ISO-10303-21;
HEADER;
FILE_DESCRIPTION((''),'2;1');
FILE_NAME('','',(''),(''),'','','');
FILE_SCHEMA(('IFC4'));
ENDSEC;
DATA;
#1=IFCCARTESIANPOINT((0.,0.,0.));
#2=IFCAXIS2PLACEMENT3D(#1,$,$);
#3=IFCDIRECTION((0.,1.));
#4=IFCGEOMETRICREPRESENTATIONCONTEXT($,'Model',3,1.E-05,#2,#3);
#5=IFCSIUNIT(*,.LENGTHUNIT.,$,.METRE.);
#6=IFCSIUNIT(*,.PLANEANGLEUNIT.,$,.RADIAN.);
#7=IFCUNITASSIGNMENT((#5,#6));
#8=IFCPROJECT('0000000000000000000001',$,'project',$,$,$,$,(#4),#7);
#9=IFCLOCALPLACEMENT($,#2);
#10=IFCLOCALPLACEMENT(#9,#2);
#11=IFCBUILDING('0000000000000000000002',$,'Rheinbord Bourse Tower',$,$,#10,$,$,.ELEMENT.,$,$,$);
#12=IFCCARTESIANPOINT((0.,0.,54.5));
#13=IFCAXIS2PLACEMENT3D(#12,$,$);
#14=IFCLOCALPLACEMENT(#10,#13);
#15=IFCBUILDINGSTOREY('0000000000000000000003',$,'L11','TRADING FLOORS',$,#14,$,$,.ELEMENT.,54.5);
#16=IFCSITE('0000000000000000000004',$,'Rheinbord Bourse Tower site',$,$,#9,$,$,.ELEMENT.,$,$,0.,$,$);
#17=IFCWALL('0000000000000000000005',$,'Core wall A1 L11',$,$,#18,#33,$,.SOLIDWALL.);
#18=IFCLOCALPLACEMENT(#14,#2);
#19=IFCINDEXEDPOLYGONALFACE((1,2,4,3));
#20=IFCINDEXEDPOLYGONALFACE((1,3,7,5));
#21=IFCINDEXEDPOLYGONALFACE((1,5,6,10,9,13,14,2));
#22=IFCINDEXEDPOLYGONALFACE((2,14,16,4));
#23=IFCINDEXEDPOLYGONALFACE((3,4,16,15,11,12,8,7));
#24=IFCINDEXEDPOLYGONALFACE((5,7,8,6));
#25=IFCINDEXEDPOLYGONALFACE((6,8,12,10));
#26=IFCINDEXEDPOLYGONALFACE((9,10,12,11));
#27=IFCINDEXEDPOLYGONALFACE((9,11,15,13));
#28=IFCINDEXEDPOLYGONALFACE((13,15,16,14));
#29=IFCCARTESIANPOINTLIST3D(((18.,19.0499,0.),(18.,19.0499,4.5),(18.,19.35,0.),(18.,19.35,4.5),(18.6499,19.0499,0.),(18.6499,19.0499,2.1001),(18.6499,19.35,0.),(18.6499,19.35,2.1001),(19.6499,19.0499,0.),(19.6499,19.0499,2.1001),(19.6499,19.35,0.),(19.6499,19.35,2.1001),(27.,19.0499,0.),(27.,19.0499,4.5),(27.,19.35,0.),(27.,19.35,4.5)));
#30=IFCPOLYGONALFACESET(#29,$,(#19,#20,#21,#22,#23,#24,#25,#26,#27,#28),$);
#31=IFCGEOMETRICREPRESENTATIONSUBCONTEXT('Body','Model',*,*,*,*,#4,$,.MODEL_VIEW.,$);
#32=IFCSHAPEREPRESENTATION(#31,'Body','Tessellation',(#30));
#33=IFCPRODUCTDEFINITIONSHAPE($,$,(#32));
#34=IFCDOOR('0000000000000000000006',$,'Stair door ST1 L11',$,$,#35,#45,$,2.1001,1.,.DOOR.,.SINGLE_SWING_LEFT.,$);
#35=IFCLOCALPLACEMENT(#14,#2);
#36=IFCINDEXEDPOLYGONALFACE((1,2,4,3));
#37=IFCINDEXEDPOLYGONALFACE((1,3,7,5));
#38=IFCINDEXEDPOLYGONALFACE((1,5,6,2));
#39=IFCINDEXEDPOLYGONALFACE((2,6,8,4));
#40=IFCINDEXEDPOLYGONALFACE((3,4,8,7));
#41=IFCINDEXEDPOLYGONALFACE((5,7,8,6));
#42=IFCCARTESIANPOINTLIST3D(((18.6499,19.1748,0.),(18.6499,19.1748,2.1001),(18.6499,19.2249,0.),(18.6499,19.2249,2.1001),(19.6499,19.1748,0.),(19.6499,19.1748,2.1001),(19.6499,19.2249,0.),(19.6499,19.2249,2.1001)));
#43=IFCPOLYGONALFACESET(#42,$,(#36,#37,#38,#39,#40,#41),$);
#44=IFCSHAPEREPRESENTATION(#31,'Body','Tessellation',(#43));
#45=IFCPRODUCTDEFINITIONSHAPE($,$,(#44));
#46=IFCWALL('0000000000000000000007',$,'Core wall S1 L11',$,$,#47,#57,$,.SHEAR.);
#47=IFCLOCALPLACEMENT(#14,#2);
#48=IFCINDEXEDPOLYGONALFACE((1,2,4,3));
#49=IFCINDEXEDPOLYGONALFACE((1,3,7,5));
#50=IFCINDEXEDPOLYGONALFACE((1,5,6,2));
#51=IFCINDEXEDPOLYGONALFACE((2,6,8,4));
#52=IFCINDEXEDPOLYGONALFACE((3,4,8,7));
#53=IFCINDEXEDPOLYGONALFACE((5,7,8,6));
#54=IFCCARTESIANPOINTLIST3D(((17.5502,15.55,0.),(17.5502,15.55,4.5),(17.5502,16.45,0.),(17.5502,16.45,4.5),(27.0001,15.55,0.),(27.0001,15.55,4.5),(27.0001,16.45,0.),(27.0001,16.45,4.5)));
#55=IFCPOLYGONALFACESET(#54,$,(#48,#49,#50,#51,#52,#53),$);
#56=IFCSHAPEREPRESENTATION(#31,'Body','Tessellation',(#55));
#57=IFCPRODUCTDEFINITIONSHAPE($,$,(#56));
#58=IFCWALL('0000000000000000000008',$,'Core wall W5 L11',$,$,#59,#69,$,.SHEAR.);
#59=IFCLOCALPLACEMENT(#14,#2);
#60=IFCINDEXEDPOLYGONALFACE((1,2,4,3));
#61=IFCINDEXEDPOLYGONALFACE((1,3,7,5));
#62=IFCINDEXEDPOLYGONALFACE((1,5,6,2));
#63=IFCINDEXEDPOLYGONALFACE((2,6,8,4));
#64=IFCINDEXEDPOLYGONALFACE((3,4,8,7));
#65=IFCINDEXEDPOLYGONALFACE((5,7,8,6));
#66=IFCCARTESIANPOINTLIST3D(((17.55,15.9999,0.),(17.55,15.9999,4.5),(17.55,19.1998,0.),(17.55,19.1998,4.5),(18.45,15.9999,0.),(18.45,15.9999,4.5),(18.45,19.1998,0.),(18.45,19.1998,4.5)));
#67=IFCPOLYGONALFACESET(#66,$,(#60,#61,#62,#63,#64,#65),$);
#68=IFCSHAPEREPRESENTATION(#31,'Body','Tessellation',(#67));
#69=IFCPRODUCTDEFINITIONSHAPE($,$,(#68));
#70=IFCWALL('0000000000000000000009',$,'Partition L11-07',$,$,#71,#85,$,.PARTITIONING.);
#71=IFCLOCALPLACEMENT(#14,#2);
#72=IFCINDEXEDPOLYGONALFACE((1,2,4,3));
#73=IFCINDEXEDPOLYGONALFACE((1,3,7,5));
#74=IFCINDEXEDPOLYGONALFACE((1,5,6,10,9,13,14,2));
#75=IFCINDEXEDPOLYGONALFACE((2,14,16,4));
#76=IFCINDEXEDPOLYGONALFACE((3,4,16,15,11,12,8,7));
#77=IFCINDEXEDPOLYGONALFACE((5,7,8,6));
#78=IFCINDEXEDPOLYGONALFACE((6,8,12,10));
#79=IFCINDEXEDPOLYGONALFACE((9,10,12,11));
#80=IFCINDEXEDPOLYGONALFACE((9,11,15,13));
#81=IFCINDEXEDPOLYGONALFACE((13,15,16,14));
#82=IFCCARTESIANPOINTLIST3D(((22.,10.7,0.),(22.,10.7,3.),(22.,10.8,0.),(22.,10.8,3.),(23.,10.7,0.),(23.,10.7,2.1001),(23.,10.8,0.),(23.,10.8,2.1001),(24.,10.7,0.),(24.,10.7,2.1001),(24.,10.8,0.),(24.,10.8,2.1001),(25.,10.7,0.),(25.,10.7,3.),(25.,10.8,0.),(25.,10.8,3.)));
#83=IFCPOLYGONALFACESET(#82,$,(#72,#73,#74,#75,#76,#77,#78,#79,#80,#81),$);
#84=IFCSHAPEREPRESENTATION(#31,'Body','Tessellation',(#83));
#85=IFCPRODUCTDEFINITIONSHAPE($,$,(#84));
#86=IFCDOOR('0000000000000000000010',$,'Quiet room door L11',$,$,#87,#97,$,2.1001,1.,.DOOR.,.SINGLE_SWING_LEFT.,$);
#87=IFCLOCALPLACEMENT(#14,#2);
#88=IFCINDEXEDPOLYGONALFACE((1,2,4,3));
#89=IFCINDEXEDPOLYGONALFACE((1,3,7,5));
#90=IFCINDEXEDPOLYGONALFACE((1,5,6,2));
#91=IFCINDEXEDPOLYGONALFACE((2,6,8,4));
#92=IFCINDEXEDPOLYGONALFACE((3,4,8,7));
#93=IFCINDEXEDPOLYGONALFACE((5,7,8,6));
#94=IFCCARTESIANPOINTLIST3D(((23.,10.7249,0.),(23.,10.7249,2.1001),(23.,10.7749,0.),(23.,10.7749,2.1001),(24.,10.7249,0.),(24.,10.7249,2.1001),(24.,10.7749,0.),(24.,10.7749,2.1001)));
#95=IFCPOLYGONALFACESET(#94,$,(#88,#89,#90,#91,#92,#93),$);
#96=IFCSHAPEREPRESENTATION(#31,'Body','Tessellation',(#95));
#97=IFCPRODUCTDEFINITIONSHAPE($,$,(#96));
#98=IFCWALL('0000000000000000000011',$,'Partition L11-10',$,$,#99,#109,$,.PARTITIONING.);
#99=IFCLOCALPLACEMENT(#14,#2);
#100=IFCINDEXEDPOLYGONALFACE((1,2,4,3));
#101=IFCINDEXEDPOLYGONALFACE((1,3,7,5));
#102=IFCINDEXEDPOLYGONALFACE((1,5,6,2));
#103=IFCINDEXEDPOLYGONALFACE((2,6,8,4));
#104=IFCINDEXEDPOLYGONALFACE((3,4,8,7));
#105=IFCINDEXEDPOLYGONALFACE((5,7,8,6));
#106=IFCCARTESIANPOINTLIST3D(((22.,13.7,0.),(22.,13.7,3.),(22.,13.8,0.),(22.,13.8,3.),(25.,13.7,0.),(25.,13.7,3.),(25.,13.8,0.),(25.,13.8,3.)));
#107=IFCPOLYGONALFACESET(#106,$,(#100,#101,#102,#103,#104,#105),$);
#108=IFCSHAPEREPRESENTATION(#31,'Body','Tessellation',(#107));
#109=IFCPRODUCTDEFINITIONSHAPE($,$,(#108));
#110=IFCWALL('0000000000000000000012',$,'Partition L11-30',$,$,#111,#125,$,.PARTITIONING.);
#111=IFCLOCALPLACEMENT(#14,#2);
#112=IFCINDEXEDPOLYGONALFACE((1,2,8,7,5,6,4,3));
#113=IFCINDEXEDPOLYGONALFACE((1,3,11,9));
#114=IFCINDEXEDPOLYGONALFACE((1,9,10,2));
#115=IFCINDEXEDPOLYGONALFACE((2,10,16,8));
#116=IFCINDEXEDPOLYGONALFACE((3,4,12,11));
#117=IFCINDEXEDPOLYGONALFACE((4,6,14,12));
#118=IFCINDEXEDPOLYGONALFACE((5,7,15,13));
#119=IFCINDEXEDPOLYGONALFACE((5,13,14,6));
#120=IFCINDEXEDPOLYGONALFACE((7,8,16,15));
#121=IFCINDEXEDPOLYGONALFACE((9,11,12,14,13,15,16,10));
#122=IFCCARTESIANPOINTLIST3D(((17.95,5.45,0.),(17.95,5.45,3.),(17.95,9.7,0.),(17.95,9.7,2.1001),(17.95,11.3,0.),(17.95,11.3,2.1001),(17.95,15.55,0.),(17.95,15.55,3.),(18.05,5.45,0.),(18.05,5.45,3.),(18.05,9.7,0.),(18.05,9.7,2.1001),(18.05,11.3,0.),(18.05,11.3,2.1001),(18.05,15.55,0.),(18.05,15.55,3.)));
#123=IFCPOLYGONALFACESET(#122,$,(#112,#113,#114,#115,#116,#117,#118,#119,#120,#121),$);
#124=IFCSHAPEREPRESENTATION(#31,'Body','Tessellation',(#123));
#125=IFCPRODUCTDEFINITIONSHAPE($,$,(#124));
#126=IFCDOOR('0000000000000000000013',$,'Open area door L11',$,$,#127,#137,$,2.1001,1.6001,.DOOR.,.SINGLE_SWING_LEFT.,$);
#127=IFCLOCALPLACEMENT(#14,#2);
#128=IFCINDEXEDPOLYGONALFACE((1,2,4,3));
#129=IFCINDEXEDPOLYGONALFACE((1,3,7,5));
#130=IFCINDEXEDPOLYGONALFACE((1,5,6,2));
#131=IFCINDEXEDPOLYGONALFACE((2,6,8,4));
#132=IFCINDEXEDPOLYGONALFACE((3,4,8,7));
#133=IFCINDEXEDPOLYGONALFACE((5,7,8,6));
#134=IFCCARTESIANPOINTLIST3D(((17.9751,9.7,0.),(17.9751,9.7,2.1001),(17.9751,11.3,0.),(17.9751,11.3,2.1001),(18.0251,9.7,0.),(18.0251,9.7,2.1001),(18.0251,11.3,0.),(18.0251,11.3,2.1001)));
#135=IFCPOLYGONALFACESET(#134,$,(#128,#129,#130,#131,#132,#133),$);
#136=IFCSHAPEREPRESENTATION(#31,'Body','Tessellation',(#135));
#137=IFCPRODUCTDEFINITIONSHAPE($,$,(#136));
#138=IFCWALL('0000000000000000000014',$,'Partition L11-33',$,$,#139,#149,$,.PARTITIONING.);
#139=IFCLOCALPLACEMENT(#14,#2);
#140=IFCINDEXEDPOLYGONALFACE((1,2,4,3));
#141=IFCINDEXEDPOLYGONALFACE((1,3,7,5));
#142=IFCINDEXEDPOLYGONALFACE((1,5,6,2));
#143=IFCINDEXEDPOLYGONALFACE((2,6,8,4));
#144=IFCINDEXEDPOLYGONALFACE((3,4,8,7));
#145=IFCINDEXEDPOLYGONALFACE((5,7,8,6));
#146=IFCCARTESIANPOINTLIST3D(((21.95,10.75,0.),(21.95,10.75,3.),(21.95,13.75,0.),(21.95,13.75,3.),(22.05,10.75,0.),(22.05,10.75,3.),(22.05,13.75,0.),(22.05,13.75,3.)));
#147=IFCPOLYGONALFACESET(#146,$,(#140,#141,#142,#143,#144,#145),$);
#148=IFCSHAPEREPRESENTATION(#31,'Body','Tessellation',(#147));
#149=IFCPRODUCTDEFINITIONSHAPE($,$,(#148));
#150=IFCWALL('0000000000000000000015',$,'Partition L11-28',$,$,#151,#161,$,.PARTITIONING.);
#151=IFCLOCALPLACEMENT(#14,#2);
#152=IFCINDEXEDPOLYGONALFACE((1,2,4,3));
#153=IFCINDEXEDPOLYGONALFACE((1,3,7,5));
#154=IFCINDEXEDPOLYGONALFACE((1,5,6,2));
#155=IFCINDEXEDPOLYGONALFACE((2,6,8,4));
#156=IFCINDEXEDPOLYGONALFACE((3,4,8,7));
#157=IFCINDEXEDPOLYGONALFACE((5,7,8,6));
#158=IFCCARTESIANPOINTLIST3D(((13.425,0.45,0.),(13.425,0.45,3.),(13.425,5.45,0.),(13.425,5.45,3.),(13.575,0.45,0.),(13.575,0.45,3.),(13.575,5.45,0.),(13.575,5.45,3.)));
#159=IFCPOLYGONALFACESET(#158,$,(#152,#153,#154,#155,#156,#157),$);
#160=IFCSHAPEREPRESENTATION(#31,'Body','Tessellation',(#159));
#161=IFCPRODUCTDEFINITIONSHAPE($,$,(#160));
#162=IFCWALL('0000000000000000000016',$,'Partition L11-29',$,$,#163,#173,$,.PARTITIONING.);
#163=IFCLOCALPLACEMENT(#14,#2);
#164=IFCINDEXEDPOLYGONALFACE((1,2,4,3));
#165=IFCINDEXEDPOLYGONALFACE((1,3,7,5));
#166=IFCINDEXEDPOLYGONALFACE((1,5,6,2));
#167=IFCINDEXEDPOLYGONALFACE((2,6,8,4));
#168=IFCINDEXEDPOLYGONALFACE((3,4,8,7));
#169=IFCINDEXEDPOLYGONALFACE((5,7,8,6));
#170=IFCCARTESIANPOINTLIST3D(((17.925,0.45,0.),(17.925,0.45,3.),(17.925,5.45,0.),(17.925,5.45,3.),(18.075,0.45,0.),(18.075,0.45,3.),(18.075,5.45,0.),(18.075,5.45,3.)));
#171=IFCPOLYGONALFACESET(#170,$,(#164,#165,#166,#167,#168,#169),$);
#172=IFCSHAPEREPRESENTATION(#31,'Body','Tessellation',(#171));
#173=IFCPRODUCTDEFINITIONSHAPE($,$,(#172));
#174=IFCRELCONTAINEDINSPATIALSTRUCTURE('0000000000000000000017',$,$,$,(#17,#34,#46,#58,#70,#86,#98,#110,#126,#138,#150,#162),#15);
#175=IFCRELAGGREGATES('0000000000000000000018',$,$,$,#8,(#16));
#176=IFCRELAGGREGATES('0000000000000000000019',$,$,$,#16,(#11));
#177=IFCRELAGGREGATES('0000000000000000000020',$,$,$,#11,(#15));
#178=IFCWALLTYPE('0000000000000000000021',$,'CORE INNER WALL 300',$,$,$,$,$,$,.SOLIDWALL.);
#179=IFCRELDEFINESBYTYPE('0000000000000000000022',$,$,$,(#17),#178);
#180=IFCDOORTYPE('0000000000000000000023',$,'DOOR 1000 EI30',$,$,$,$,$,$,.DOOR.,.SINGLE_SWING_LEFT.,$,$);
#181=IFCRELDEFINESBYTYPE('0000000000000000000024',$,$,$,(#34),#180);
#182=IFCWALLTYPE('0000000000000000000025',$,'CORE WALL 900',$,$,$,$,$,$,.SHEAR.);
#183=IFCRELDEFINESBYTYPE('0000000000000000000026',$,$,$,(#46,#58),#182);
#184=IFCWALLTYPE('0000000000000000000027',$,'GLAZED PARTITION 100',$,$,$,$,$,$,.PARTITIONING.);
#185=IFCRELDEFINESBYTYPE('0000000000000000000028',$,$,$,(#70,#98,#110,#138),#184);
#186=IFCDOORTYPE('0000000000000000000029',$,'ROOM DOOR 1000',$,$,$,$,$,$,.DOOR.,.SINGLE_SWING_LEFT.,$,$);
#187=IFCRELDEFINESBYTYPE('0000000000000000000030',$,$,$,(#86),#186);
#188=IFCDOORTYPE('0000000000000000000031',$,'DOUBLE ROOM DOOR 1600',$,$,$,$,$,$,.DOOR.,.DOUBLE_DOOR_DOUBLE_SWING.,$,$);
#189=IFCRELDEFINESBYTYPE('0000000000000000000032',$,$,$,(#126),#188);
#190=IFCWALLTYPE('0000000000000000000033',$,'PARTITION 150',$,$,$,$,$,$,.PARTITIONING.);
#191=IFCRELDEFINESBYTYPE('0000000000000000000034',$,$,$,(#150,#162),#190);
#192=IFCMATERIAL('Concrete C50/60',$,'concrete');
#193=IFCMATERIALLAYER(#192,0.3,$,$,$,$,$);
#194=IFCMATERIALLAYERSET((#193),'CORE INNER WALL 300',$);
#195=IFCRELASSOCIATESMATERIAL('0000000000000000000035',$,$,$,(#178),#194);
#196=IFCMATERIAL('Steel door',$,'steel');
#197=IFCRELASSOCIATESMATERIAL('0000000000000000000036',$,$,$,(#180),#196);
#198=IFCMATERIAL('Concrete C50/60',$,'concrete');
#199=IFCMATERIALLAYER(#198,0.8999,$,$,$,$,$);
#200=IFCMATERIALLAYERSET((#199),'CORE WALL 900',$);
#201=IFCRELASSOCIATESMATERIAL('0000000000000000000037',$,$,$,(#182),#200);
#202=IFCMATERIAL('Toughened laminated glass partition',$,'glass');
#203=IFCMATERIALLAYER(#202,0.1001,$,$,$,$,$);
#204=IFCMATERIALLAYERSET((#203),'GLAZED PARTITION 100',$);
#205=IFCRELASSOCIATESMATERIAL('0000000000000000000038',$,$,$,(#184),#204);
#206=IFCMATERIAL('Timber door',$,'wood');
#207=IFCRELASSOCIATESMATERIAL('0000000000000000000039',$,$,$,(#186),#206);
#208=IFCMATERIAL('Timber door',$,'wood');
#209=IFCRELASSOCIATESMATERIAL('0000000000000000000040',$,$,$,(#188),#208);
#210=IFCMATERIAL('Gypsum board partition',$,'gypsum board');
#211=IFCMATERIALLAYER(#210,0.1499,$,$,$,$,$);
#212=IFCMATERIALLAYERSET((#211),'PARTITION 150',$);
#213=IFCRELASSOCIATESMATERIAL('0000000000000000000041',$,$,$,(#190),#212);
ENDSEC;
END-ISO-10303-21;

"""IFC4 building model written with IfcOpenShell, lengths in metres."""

from ifc_helpers import new_model, si_unit, direction, frame, frame_2d, origin, place, context, subcontext, project, spatial, rectangle, extrude, material, layer, layer_set, type_object, element, fill, save


model = new_model("IFC4")

# Units and contexts
model_context = context("Model", 3, precision=1e-05, world=origin(), true_north=direction((0.0, 1.0)))
body_context = subcontext(model_context, "Body", "Model", "MODEL_VIEW")
ifc_project = project(units=[si_unit("LENGTHUNIT", "METRE"), si_unit("PLANEANGLEUNIT", "RADIAN")], contexts=[model_context])

# Site, building, storey
site_placement = place(None, origin())
site = spatial("IfcSite", under=ifc_project, at=site_placement, Name="Rheinbord Bourse Tower site", CompositionType="ELEMENT", RefElevation=0.0)
building_placement = place(site_placement, origin())
building = spatial("IfcBuilding", under=site, at=building_placement, Name="Rheinbord Bourse Tower", CompositionType="ELEMENT")
storey_placement = place(building_placement, frame((0.0, 0.0, 54.5)))
storey = spatial("IfcBuildingStorey", under=building, at=storey_placement, Name="L11", Description="TRADING FLOORS", CompositionType="ELEMENT", Elevation=54.5)

# Wall, opening, door
ifc_material_1 = material(Name="Concrete C50/60", Category="concrete")
ifc_layer_1 = layer(ifc_material_1, 0.3)
ifc_layer_set_1 = layer_set([ifc_layer_1], Name="CORE INNER WALL 300")
wall_type_1 = type_object("IfcWallType", Name="CORE INNER WALL 300", PredefinedType="SOLIDWALL", material=ifc_layer_set_1)
wall_1_placement = place(storey_placement, frame((18.0, 19.2, 0.0), z_axis=(0.0, 0.0, 1.0), x_axis=(1.0, 0.0, 0.0)))
wall_1 = element("IfcWall", 1, at=wall_1_placement, inside=storey, type_object=wall_type_1, Name="Core wall A1 L11", PredefinedType="SOLIDWALL", context=body_context, shape_type="SweptSolid", body=[
    extrude(rectangle(XDim=9.0, YDim=0.3, at=frame_2d((4.5, 0.0))), origin(), (0.0, 0.0, 1.0), 4.5),
])
opening_1_placement = place(wall_1_placement, frame((0.6499, 0.0, 0.0)))
opening_1 = element("IfcOpeningElement", 2, at=opening_1_placement, cuts=wall_1, PredefinedType="OPENING", context=body_context, shape_type="SweptSolid", body=[
    extrude(rectangle(XDim=1.0, YDim=2.1001, at=frame_2d((0.5, 1.05))), frame((0.0, 0.1599, 0.0), z_axis=(0.0, -1.0, 0.0), x_axis=(1.0, 0.0, 0.0)), (0.0, 0.0, 1.0), 0.3201),
])
ifc_material_2 = material(Name="Steel door", Category="steel")
door_type_1 = type_object("IfcDoorType", Name="DOOR 1000 EI30", OperationType="SINGLE_SWING_LEFT", PredefinedType="DOOR", material=ifc_material_2)
door_1_placement = place(opening_1_placement, origin())
door_1 = element("IfcDoor", 3, at=door_1_placement, inside=storey, type_object=door_type_1, Name="Stair door ST1 L11", OperationType="SINGLE_SWING_LEFT", OverallHeight=2.1001, OverallWidth=1.0, PredefinedType="DOOR", context=body_context, shape_type="SweptSolid", body=[
    extrude(rectangle(XDim=1.0, YDim=2.1001, at=frame_2d((0.5, 1.05))), frame((0.0, 0.0249, 0.0), z_axis=(0.0, -1.0, 0.0), x_axis=(1.0, 0.0, 0.0)), (0.0, 0.0, 1.0), 0.05),
])
fill(opening_1, door_1)

# Walls
ifc_material_3 = material(Name="Concrete C50/60", Category="concrete")
ifc_layer_2 = layer(ifc_material_3, 0.8999)
ifc_layer_set_2 = layer_set([ifc_layer_2], Name="CORE WALL 900")
wall_type_2 = type_object("IfcWallType", Name="CORE WALL 900", PredefinedType="SHEAR", material=ifc_layer_set_2)
wall_2_placement = place(storey_placement, frame((17.55, 16.0, 0.0), z_axis=(0.0, 0.0, 1.0), x_axis=(1.0, 0.0, 0.0)))
element("IfcWall", 4, at=wall_2_placement, inside=storey, type_object=wall_type_2, Name="Core wall S1 L11", PredefinedType="SHEAR", context=body_context, shape_type="SweptSolid", body=[
    extrude(rectangle(XDim=9.45, YDim=0.8999, at=frame_2d((4.7251, 0.0))), origin(), (0.0, 0.0, 1.0), 4.5),
])
wall_3_placement = place(storey_placement, frame((18.0, 19.2, 0.0), z_axis=(0.0, 0.0, 1.0), x_axis=(0.0, -1.0, 0.0)))
element("IfcWall", 5, at=wall_3_placement, inside=storey, type_object=wall_type_2, Name="Core wall W5 L11", PredefinedType="SHEAR", context=body_context, shape_type="SweptSolid", body=[
    extrude(rectangle(XDim=3.2, YDim=0.8999, at=frame_2d((1.6001, 0.0))), origin(), (0.0, 0.0, 1.0), 4.5),
])

# Wall, opening, door
ifc_material_4 = material(Name="Toughened laminated glass partition", Category="glass")
ifc_layer_3 = layer(ifc_material_4, 0.1001)
ifc_layer_set_3 = layer_set([ifc_layer_3], Name="GLAZED PARTITION 100")
wall_type_3 = type_object("IfcWallType", Name="GLAZED PARTITION 100", PredefinedType="PARTITIONING", material=ifc_layer_set_3)
wall_4_placement = place(storey_placement, frame((22.0, 10.75, 0.0), z_axis=(0.0, 0.0, 1.0), x_axis=(1.0, 0.0, 0.0)))
wall_4 = element("IfcWall", 6, at=wall_4_placement, inside=storey, type_object=wall_type_3, Name="Partition L11-07", PredefinedType="PARTITIONING", context=body_context, shape_type="SweptSolid", body=[
    extrude(rectangle(XDim=3.0, YDim=0.1001, at=frame_2d((1.5, 0.0))), origin(), (0.0, 0.0, 1.0), 3.0),
])
opening_2_placement = place(wall_4_placement, frame((1.0, 0.0, 0.0)))
opening_2 = element("IfcOpeningElement", 7, at=opening_2_placement, cuts=wall_4, PredefinedType="OPENING", context=body_context, shape_type="SweptSolid", body=[
    extrude(rectangle(XDim=1.0, YDim=2.1001, at=frame_2d((0.5, 1.05))), frame((0.0, 0.0601, 0.0), z_axis=(0.0, -1.0, 0.0), x_axis=(1.0, 0.0, 0.0)), (0.0, 0.0, 1.0), 0.1201),
])
ifc_material_5 = material(Name="Timber door", Category="wood")
door_type_2 = type_object("IfcDoorType", Name="ROOM DOOR 1000", OperationType="SINGLE_SWING_LEFT", PredefinedType="DOOR", material=ifc_material_5)
door_2_placement = place(opening_2_placement, origin())
door_2 = element("IfcDoor", 8, at=door_2_placement, inside=storey, type_object=door_type_2, Name="Quiet room door L11", OperationType="SINGLE_SWING_LEFT", OverallHeight=2.1001, OverallWidth=1.0, PredefinedType="DOOR", context=body_context, shape_type="SweptSolid", body=[
    extrude(rectangle(XDim=1.0, YDim=2.1001, at=frame_2d((0.5, 1.05))), frame((0.0, 0.0249, 0.0), z_axis=(0.0, -1.0, 0.0), x_axis=(1.0, 0.0, 0.0)), (0.0, 0.0, 1.0), 0.05),
])
fill(opening_2, door_2)

# Wall
wall_5_placement = place(storey_placement, frame((22.0, 13.75, 0.0), z_axis=(0.0, 0.0, 1.0), x_axis=(1.0, 0.0, 0.0)))
element("IfcWall", 9, at=wall_5_placement, inside=storey, type_object=wall_type_3, Name="Partition L11-10", PredefinedType="PARTITIONING", context=body_context, shape_type="SweptSolid", body=[
    extrude(rectangle(XDim=3.0, YDim=0.1001, at=frame_2d((1.5, 0.0))), origin(), (0.0, 0.0, 1.0), 3.0),
])

# Wall, opening, door
wall_6_placement = place(storey_placement, frame((18.0, 5.45, 0.0), z_axis=(0.0, 0.0, 1.0), x_axis=(0.0, 1.0, 0.0)))
wall_6 = element("IfcWall", 10, at=wall_6_placement, inside=storey, type_object=wall_type_3, Name="Partition L11-30", PredefinedType="PARTITIONING", context=body_context, shape_type="SweptSolid", body=[
    extrude(rectangle(XDim=10.1001, YDim=0.1001, at=frame_2d((5.05, 0.0))), origin(), (0.0, 0.0, 1.0), 3.0),
])
opening_3_placement = place(wall_6_placement, frame((4.25, 0.0, 0.0)))
opening_3 = element("IfcOpeningElement", 11, at=opening_3_placement, cuts=wall_6, PredefinedType="OPENING", context=body_context, shape_type="SweptSolid", body=[
    extrude(rectangle(XDim=1.6001, YDim=2.1001, at=frame_2d((0.8, 1.05))), frame((0.0, 0.0601, 0.0), z_axis=(0.0, -1.0, 0.0), x_axis=(1.0, 0.0, 0.0)), (0.0, 0.0, 1.0), 0.1201),
])
ifc_material_6 = material(Name="Timber door", Category="wood")
door_type_3 = type_object("IfcDoorType", Name="DOUBLE ROOM DOOR 1600", OperationType="DOUBLE_DOOR_DOUBLE_SWING", PredefinedType="DOOR", material=ifc_material_6)
door_3_placement = place(opening_3_placement, origin())
door_3 = element("IfcDoor", 12, at=door_3_placement, inside=storey, type_object=door_type_3, Name="Open area door L11", OperationType="SINGLE_SWING_LEFT", OverallHeight=2.1001, OverallWidth=1.6001, PredefinedType="DOOR", context=body_context, shape_type="SweptSolid", body=[
    extrude(rectangle(XDim=1.6001, YDim=2.1001, at=frame_2d((0.8, 1.05))), frame((0.0, 0.0249, 0.0), z_axis=(0.0, -1.0, 0.0), x_axis=(1.0, 0.0, 0.0)), (0.0, 0.0, 1.0), 0.05),
])
fill(opening_3, door_3)

# Walls
wall_7_placement = place(storey_placement, frame((22.0, 10.75, 0.0), z_axis=(0.0, 0.0, 1.0), x_axis=(0.0, 1.0, 0.0)))
element("IfcWall", 13, at=wall_7_placement, inside=storey, type_object=wall_type_3, Name="Partition L11-33", PredefinedType="PARTITIONING", context=body_context, shape_type="SweptSolid", body=[
    extrude(rectangle(XDim=3.0, YDim=0.1001, at=frame_2d((1.5, 0.0))), origin(), (0.0, 0.0, 1.0), 3.0),
])
ifc_material_7 = material(Name="Gypsum board partition", Category="gypsum board")
ifc_layer_4 = layer(ifc_material_7, 0.1499)
ifc_layer_set_4 = layer_set([ifc_layer_4], Name="PARTITION 150")
wall_type_4 = type_object("IfcWallType", Name="PARTITION 150", PredefinedType="PARTITIONING", material=ifc_layer_set_4)
for number, where, z_axis, x_axis, name in (
    (14, (13.5, 0.45, 0.0), (0.0, 0.0, 1.0), (0.0, 1.0, 0.0), "Partition L11-28"),
    (15, (18.0, 0.45, 0.0), (0.0, 0.0, 1.0), (0.0, 1.0, 0.0), "Partition L11-29"),
):
    element("IfcWall", number, at=place(storey_placement, frame(where, z_axis=z_axis, x_axis=x_axis)), inside=storey, type_object=wall_type_4, Name=name, PredefinedType="PARTITIONING", context=body_context, shape_type="SweptSolid", body=[
        extrude(rectangle(XDim=5.0, YDim=0.1499, at=frame_2d((2.5, 0.0))), origin(), (0.0, 0.0, 1.0), 3.0),
    ])

save(model, "model.ifc")
